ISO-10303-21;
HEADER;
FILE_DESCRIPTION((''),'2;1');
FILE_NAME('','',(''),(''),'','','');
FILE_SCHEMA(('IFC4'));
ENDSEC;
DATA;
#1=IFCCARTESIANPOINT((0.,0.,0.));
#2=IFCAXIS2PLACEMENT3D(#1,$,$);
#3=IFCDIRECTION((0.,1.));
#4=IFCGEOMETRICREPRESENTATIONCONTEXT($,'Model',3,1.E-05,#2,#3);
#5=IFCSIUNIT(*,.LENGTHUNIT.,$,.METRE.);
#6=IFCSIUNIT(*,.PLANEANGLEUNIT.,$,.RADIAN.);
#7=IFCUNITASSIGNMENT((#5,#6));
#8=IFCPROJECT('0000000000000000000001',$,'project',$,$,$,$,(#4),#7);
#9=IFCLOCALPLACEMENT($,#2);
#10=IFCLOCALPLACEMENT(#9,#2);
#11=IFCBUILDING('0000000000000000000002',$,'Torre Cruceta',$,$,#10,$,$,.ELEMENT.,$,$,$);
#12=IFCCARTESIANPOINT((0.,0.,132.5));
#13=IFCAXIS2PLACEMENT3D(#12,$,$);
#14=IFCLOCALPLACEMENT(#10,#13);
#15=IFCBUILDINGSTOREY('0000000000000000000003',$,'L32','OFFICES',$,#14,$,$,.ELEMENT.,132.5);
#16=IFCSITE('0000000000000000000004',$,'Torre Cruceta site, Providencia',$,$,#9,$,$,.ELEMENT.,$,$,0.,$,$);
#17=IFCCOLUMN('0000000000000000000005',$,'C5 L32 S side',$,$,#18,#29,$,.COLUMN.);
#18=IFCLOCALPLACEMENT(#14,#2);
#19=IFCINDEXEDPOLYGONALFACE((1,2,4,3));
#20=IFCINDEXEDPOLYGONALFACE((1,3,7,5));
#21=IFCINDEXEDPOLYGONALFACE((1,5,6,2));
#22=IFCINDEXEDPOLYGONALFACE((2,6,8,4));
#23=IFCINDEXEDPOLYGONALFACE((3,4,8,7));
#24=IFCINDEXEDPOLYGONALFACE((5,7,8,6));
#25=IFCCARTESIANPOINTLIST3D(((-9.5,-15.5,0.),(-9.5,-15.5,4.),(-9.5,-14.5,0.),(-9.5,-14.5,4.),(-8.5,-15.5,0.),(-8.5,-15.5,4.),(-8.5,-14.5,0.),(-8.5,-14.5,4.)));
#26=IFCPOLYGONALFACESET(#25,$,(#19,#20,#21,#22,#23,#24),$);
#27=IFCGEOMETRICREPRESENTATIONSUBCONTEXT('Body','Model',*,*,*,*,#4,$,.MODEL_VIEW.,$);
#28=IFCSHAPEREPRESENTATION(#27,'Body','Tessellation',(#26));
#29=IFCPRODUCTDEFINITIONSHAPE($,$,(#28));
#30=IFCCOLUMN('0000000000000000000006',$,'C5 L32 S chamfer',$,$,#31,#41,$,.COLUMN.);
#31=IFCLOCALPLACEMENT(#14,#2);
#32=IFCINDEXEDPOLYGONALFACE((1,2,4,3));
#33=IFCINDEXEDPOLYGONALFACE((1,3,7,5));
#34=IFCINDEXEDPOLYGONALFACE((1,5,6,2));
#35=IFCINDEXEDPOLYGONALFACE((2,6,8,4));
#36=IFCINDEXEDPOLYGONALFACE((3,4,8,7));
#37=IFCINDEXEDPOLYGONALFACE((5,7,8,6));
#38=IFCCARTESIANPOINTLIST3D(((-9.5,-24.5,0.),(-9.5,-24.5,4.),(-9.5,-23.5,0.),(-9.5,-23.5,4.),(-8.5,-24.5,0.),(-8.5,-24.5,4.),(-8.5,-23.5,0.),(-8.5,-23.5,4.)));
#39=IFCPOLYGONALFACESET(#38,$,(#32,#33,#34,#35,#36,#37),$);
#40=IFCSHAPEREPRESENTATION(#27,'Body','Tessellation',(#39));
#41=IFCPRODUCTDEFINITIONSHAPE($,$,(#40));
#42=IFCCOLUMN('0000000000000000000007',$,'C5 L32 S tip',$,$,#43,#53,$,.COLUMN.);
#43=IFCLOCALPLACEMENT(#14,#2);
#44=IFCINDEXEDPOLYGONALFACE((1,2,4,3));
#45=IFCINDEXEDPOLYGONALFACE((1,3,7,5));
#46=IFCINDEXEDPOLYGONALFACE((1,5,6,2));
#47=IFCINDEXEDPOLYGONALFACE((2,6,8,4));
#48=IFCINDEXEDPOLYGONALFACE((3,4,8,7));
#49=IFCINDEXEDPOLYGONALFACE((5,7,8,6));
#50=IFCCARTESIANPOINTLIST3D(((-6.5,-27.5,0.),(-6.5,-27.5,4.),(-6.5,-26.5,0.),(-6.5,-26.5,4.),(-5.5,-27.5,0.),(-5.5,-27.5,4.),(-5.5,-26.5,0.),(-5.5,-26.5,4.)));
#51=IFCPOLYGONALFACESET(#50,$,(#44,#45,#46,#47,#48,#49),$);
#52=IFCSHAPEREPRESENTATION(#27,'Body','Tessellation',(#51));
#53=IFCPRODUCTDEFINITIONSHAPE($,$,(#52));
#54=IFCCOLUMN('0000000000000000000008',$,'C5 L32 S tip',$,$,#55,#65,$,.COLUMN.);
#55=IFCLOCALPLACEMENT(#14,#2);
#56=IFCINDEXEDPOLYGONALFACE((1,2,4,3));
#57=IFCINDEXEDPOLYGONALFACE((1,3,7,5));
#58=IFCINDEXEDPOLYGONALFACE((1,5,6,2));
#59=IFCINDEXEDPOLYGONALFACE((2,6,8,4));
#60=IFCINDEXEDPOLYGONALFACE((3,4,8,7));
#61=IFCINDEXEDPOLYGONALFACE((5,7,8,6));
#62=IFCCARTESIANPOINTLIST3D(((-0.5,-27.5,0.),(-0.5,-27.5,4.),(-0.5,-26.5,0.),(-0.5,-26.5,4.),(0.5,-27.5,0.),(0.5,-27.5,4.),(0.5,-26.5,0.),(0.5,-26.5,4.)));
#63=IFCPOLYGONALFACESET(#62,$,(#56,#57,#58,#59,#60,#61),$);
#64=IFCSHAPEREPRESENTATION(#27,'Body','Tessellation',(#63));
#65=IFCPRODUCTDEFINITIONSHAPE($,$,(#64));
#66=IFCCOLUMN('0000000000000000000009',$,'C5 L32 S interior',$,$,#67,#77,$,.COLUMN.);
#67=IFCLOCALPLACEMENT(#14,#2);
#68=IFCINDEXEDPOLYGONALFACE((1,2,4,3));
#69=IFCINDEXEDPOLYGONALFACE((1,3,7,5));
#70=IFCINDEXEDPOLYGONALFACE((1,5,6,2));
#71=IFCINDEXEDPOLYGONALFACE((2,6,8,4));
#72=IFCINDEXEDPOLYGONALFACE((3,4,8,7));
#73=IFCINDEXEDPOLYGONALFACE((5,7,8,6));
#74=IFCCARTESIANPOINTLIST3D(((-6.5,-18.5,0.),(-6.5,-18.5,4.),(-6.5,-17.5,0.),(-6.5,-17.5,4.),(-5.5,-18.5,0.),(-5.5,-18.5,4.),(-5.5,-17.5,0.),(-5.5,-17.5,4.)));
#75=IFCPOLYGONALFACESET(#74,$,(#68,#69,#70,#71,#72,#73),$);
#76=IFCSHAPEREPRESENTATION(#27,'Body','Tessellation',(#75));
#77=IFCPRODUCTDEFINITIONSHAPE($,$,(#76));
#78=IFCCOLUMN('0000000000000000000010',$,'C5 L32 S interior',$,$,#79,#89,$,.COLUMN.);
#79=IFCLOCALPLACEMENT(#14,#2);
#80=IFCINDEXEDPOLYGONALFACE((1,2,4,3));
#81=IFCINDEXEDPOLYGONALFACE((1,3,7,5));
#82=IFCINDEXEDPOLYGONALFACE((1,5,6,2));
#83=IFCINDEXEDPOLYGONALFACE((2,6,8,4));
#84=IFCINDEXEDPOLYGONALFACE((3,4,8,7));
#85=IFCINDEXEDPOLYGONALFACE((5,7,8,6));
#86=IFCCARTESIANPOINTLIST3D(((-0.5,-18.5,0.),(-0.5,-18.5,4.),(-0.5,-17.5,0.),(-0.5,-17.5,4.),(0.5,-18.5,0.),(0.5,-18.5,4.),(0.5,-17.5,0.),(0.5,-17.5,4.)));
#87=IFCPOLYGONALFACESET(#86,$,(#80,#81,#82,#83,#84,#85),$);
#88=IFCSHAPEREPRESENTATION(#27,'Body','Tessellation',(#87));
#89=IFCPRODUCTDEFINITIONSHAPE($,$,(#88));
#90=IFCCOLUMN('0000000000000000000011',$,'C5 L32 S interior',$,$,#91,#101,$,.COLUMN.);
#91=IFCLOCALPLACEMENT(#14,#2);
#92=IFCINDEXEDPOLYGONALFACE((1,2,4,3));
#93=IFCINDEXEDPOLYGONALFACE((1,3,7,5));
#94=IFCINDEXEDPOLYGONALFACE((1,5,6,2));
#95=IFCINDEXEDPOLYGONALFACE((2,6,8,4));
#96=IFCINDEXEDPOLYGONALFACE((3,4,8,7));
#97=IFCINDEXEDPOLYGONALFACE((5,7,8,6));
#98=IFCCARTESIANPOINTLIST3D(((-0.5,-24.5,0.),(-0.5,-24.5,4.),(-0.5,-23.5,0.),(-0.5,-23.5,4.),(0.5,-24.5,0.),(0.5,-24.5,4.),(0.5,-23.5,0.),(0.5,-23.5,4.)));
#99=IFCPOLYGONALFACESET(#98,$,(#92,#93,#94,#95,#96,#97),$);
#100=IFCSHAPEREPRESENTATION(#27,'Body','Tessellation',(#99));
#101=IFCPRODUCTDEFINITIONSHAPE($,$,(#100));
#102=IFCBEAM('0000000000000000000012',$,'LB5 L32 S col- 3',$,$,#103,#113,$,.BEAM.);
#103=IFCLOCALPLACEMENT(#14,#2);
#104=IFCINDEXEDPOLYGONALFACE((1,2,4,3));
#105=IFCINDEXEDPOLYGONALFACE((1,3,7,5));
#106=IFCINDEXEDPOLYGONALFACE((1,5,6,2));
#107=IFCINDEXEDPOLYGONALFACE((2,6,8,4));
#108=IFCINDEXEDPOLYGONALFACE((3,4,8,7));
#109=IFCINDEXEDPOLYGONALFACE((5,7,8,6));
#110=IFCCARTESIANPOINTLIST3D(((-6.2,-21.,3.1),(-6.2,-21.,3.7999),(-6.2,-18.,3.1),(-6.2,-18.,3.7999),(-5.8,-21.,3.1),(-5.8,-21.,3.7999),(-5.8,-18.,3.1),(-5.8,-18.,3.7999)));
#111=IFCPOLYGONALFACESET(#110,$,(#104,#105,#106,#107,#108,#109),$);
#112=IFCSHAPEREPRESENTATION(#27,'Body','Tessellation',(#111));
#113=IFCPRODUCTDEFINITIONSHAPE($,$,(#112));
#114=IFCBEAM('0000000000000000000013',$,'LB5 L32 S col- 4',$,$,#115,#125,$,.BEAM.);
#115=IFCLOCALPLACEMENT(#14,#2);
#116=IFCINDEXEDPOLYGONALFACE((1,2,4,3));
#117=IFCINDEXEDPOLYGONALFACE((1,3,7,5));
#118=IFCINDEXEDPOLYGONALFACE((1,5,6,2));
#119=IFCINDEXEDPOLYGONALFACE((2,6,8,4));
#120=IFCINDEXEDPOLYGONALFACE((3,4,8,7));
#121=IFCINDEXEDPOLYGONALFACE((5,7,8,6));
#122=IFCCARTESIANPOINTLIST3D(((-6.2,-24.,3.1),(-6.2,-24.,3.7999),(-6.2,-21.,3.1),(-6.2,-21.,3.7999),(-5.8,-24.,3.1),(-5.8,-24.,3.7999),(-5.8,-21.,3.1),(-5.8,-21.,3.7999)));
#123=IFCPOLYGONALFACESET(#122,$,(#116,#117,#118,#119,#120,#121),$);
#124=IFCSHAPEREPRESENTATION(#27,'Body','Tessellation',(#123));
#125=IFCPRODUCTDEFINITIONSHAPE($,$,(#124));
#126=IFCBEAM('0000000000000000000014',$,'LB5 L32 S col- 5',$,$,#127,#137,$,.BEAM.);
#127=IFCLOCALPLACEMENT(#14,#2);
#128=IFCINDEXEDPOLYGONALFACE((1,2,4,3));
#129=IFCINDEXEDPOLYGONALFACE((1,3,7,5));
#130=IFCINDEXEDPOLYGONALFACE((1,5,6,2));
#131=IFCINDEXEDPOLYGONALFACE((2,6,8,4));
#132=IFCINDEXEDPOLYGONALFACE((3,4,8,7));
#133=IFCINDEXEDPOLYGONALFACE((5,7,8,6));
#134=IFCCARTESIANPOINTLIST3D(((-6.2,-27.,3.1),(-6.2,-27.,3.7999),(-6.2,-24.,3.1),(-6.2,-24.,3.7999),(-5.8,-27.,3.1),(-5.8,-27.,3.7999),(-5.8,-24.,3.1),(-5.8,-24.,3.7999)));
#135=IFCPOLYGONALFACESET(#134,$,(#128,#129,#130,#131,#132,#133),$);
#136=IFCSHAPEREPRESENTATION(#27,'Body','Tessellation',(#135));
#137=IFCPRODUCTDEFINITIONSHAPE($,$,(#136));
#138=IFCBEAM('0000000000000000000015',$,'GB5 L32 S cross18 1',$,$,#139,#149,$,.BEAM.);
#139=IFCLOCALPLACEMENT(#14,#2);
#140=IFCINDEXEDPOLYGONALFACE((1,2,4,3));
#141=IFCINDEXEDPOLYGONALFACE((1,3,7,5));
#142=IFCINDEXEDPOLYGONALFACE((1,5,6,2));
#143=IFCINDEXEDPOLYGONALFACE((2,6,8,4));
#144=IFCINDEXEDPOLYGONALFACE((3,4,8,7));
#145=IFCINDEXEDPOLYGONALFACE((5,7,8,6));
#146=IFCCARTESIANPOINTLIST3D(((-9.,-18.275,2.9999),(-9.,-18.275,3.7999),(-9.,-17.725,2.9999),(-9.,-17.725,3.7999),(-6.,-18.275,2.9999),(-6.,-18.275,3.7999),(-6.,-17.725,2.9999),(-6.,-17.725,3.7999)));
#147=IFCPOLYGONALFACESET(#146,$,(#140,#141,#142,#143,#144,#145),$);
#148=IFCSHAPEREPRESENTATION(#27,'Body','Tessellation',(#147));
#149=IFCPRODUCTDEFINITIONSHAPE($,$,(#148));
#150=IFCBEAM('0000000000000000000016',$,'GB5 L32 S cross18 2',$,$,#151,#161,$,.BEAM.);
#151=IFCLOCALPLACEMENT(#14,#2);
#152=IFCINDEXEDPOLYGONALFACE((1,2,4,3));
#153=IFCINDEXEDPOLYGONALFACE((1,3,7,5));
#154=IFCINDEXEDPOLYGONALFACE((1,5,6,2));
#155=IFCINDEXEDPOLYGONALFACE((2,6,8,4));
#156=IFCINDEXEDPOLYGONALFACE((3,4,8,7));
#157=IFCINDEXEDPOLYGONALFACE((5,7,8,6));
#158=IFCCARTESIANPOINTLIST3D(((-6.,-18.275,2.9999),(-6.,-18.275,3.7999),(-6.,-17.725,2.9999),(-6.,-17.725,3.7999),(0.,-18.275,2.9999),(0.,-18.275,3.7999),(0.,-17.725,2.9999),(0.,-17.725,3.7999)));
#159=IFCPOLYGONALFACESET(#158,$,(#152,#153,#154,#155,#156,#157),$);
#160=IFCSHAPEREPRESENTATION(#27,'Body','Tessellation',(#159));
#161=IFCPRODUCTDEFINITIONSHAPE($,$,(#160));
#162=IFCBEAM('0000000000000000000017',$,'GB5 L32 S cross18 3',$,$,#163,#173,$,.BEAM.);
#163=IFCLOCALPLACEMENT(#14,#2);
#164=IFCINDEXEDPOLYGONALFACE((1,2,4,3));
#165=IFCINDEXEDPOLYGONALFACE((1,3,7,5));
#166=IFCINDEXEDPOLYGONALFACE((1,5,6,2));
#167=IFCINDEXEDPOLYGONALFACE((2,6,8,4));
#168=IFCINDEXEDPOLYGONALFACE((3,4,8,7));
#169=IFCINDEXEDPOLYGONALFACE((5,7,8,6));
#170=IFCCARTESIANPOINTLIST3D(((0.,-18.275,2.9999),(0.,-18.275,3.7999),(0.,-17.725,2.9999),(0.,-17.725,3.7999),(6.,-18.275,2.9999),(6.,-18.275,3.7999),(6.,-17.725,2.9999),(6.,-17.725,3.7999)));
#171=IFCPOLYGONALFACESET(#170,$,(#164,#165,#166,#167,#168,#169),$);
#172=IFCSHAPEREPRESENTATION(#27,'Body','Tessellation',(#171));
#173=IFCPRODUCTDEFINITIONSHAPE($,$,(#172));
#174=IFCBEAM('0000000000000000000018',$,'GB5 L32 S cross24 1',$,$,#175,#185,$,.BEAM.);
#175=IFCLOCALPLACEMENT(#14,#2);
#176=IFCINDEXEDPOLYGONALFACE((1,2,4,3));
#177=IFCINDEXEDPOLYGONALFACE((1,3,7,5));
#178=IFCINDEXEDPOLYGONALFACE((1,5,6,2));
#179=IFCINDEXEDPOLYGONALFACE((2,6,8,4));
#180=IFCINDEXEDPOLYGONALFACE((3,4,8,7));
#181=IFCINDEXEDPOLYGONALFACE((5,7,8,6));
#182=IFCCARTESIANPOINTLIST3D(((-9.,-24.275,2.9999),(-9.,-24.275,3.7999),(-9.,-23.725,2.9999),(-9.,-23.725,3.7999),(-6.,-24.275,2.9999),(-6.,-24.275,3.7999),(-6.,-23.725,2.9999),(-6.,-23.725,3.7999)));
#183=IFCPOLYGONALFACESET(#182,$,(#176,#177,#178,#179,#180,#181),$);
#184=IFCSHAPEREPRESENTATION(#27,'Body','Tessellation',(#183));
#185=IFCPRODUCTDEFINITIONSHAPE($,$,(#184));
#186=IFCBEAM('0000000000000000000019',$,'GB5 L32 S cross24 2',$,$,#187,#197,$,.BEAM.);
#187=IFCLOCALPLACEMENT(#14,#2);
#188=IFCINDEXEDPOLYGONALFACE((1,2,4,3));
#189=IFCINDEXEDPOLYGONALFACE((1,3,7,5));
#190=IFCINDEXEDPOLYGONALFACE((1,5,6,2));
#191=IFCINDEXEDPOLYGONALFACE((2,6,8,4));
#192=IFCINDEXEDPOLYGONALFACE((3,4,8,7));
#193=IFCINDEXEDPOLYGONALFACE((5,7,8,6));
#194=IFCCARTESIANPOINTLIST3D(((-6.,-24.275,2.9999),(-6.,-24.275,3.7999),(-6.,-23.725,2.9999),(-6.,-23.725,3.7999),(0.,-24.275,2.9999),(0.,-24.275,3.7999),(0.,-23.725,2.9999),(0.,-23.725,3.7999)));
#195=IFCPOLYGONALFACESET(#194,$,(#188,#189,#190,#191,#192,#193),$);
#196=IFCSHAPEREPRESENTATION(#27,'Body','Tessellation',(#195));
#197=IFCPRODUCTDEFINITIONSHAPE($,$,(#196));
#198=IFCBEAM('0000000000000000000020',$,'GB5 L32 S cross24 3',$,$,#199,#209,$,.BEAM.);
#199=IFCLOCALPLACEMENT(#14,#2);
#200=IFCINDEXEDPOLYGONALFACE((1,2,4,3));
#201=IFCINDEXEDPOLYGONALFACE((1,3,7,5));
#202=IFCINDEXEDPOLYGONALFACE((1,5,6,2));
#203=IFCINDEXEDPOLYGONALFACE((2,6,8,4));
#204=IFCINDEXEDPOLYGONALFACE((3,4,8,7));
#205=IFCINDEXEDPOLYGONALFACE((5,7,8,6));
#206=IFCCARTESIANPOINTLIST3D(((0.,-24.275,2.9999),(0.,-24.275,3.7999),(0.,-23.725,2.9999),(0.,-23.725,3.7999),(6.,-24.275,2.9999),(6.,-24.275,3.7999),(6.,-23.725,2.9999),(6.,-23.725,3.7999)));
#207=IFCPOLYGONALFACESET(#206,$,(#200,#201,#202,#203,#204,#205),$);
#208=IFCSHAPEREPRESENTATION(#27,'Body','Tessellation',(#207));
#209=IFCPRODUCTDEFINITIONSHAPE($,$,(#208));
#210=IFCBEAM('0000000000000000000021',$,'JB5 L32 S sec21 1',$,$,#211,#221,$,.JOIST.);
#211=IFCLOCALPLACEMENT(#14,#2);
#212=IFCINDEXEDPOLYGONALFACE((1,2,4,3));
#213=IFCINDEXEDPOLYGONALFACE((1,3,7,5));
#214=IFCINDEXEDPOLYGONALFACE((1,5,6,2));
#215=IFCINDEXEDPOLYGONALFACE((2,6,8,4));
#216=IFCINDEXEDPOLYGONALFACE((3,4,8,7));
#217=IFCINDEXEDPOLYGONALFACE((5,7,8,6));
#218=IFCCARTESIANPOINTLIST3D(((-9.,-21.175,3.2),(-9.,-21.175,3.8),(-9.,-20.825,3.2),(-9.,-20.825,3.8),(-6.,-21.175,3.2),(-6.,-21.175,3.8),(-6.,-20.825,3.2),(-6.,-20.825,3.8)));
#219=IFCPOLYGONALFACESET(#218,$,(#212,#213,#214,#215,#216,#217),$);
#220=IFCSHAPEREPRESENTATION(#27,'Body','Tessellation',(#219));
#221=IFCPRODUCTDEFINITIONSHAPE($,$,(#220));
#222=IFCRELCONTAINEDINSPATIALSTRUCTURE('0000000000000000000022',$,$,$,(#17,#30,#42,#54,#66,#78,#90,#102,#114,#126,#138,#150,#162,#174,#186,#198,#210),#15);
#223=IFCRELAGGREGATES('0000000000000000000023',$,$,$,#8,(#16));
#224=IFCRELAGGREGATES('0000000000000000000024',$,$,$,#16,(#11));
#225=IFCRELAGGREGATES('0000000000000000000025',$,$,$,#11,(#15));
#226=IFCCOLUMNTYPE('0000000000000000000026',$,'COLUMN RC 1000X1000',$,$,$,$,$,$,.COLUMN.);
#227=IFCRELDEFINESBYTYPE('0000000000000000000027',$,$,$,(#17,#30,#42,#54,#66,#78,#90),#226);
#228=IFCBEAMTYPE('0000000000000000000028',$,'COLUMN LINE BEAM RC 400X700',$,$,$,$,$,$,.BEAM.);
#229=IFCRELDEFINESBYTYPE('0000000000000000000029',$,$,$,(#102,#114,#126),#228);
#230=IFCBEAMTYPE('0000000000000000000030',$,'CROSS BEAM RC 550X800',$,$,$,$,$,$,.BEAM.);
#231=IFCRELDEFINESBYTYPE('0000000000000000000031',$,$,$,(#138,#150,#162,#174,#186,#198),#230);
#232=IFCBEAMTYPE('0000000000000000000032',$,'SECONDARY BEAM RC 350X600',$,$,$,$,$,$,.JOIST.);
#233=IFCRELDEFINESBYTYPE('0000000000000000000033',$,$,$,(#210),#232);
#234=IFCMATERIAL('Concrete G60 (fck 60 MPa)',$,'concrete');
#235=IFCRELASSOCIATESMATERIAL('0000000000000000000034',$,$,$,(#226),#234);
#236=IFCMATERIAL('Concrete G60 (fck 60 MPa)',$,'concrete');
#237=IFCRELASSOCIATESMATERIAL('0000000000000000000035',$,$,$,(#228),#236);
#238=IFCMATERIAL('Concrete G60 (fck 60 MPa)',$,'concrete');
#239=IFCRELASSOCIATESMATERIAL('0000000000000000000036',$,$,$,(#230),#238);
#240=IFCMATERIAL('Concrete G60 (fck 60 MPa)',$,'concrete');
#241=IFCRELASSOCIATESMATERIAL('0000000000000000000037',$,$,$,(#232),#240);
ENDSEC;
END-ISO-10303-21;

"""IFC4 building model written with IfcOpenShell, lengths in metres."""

from ifc_helpers import new_model, si_unit, direction, frame, origin, origin_2d, place, context, subcontext, project, spatial, rectangle, extrude, material, material_profile, profile_set, type_object, element, save


model = new_model("IFC4")

# Units and contexts
model_context = context("Model", 3, precision=1e-05, world=origin(), true_north=direction((0.0, 1.0)))
body_context = subcontext(model_context, "Body", "Model", "MODEL_VIEW")
ifc_project = project(units=[si_unit("LENGTHUNIT", "METRE"), si_unit("PLANEANGLEUNIT", "RADIAN")], contexts=[model_context])

# Site, building, storey
site_placement = place(None, origin())
site = spatial("IfcSite", under=ifc_project, at=site_placement, Name="Torre Cruceta site, Providencia", CompositionType="ELEMENT", RefElevation=0.0)
building_placement = place(site_placement, origin())
building = spatial("IfcBuilding", under=site, at=building_placement, Name="Torre Cruceta", CompositionType="ELEMENT")
storey_placement = place(building_placement, frame((0.0, 0.0, 132.5)))
storey = spatial("IfcBuildingStorey", under=building, at=storey_placement, Name="L32", Description="OFFICES", CompositionType="ELEMENT", Elevation=132.5)

# Columns
ifc_material_1 = material(Name="Concrete G60 (fck 60 MPa)", Category="concrete")
ifc_material_profile_1 = material_profile(ifc_material_1, rectangle(XDim=1.0, YDim=1.0, at=origin_2d()), Name="RC 1000X1000")
ifc_profile_set_1 = profile_set([ifc_material_profile_1], Name="Concrete G60 (fck 60 MPa)")
column_type = type_object("IfcColumnType", Name="COLUMN RC 1000X1000", PredefinedType="COLUMN", material=ifc_profile_set_1)
for number, where, z_axis, x_axis, name in (
    (1, (-9.0, -15.0, 0.0), (0.0, 0.0, 1.0), (1.0, 0.0, 0.0), "C5 L32 S side"),
    (2, (-9.0, -24.0, 0.0), (0.0, 0.0, 1.0), (1.0, 0.0, 0.0), "C5 L32 S chamfer"),
    (3, (-6.0, -27.0, 0.0), (0.0, 0.0, 1.0), (1.0, 0.0, 0.0), "C5 L32 S tip"),
    (4, (0.0, -27.0, 0.0), (0.0, 0.0, 1.0), (1.0, 0.0, 0.0), "C5 L32 S tip"),
    (5, (-6.0, -18.0, 0.0), (0.0, 0.0, 1.0), (1.0, 0.0, 0.0), "C5 L32 S interior"),
    (6, (0.0, -18.0, 0.0), (0.0, 0.0, 1.0), (1.0, 0.0, 0.0), "C5 L32 S interior"),
    (7, (0.0, -24.0, 0.0), (0.0, 0.0, 1.0), (1.0, 0.0, 0.0), "C5 L32 S interior"),
):
    element("IfcColumn", number, at=place(storey_placement, frame(where, z_axis=z_axis, x_axis=x_axis)), inside=storey, type_object=column_type, Name=name, PredefinedType="COLUMN", context=body_context, shape_type="SweptSolid", body=[
        extrude(rectangle(XDim=1.0, YDim=1.0, at=origin_2d()), origin(), (0.0, 0.0, 1.0), 4.0),
    ])

# Beams
ifc_material_2 = material(Name="Concrete G60 (fck 60 MPa)", Category="concrete")
ifc_material_profile_2 = material_profile(ifc_material_2, rectangle(XDim=0.3999, YDim=0.7, at=origin_2d()), Name="RC 400X700")
ifc_profile_set_2 = profile_set([ifc_material_profile_2], Name="Concrete G60 (fck 60 MPa)")
beam_type_1 = type_object("IfcBeamType", Name="COLUMN LINE BEAM RC 400X700", PredefinedType="BEAM", material=ifc_profile_set_2)
for number, where, z_axis, x_axis, name in (
    (8, (-6.0, -18.0, 3.45), (0.0, -1.0, 0.0), (1.0, 0.0, 0.0), "LB5 L32 S col- 3"),
    (9, (-6.0, -21.0, 3.45), (0.0, -1.0, 0.0), (1.0, 0.0, 0.0), "LB5 L32 S col- 4"),
    (10, (-6.0, -24.0, 3.45), (0.0, -1.0, 0.0), (1.0, 0.0, 0.0), "LB5 L32 S col- 5"),
):
    element("IfcBeam", number, at=place(storey_placement, frame(where, z_axis=z_axis, x_axis=x_axis)), inside=storey, type_object=beam_type_1, Name=name, PredefinedType="BEAM", context=body_context, shape_type="SweptSolid", body=[
        extrude(rectangle(XDim=0.3999, YDim=0.7, at=origin_2d()), origin(), (0.0, 0.0, 1.0), 3.0),
    ])
ifc_material_3 = material(Name="Concrete G60 (fck 60 MPa)", Category="concrete")
ifc_material_profile_3 = material_profile(ifc_material_3, rectangle(XDim=0.55, YDim=0.8, at=origin_2d()), Name="RC 550X800")
ifc_profile_set_3 = profile_set([ifc_material_profile_3], Name="Concrete G60 (fck 60 MPa)")
beam_type_2 = type_object("IfcBeamType", Name="CROSS BEAM RC 550X800", PredefinedType="BEAM", material=ifc_profile_set_3)
beam_1_placement = place(storey_placement, frame((-9.0, -18.0, 3.3999), z_axis=(1.0, 0.0, 0.0), x_axis=(0.0, 1.0, 0.0)))
element("IfcBeam", 11, at=beam_1_placement, inside=storey, type_object=beam_type_2, Name="GB5 L32 S cross18 1", PredefinedType="BEAM", context=body_context, shape_type="SweptSolid", body=[
    extrude(rectangle(XDim=0.55, YDim=0.8, at=origin_2d()), origin(), (0.0, 0.0, 1.0), 3.0),
])
for number, where, z_axis, x_axis, name in (
    (12, (-6.0, -18.0, 3.3999), (1.0, 0.0, 0.0), (0.0, 1.0, 0.0), "GB5 L32 S cross18 2"),
    (13, (0.0, -18.0, 3.3999), (1.0, 0.0, 0.0), (0.0, 1.0, 0.0), "GB5 L32 S cross18 3"),
):
    element("IfcBeam", number, at=place(storey_placement, frame(where, z_axis=z_axis, x_axis=x_axis)), inside=storey, type_object=beam_type_2, Name=name, PredefinedType="BEAM", context=body_context, shape_type="SweptSolid", body=[
        extrude(rectangle(XDim=0.55, YDim=0.8, at=origin_2d()), origin(), (0.0, 0.0, 1.0), 6.0),
    ])
beam_2_placement = place(storey_placement, frame((-9.0, -24.0, 3.3999), z_axis=(1.0, 0.0, 0.0), x_axis=(0.0, 1.0, 0.0)))
element("IfcBeam", 14, at=beam_2_placement, inside=storey, type_object=beam_type_2, Name="GB5 L32 S cross24 1", PredefinedType="BEAM", context=body_context, shape_type="SweptSolid", body=[
    extrude(rectangle(XDim=0.55, YDim=0.8, at=origin_2d()), origin(), (0.0, 0.0, 1.0), 3.0),
])
for number, where, z_axis, x_axis, name in (
    (15, (-6.0, -24.0, 3.3999), (1.0, 0.0, 0.0), (0.0, 1.0, 0.0), "GB5 L32 S cross24 2"),
    (16, (0.0, -24.0, 3.3999), (1.0, 0.0, 0.0), (0.0, 1.0, 0.0), "GB5 L32 S cross24 3"),
):
    element("IfcBeam", number, at=place(storey_placement, frame(where, z_axis=z_axis, x_axis=x_axis)), inside=storey, type_object=beam_type_2, Name=name, PredefinedType="BEAM", context=body_context, shape_type="SweptSolid", body=[
        extrude(rectangle(XDim=0.55, YDim=0.8, at=origin_2d()), origin(), (0.0, 0.0, 1.0), 6.0),
    ])
ifc_material_4 = material(Name="Concrete G60 (fck 60 MPa)", Category="concrete")
ifc_material_profile_4 = material_profile(ifc_material_4, rectangle(XDim=0.3501, YDim=0.6001, at=origin_2d()), Name="RC 350X600")
ifc_profile_set_4 = profile_set([ifc_material_profile_4], Name="Concrete G60 (fck 60 MPa)")
beam_type_3 = type_object("IfcBeamType", Name="SECONDARY BEAM RC 350X600", PredefinedType="JOIST", material=ifc_profile_set_4)
beam_3_placement = place(storey_placement, frame((-9.0, -21.0, 3.5), z_axis=(1.0, 0.0, 0.0), x_axis=(0.0, 1.0, 0.0)))
element("IfcBeam", 17, at=beam_3_placement, inside=storey, type_object=beam_type_3, Name="JB5 L32 S sec21 1", PredefinedType="JOIST", context=body_context, shape_type="SweptSolid", body=[
    extrude(rectangle(XDim=0.3501, YDim=0.6001, at=origin_2d()), origin(), (0.0, 0.0, 1.0), 3.0),
])

save(model, "model.ifc")
